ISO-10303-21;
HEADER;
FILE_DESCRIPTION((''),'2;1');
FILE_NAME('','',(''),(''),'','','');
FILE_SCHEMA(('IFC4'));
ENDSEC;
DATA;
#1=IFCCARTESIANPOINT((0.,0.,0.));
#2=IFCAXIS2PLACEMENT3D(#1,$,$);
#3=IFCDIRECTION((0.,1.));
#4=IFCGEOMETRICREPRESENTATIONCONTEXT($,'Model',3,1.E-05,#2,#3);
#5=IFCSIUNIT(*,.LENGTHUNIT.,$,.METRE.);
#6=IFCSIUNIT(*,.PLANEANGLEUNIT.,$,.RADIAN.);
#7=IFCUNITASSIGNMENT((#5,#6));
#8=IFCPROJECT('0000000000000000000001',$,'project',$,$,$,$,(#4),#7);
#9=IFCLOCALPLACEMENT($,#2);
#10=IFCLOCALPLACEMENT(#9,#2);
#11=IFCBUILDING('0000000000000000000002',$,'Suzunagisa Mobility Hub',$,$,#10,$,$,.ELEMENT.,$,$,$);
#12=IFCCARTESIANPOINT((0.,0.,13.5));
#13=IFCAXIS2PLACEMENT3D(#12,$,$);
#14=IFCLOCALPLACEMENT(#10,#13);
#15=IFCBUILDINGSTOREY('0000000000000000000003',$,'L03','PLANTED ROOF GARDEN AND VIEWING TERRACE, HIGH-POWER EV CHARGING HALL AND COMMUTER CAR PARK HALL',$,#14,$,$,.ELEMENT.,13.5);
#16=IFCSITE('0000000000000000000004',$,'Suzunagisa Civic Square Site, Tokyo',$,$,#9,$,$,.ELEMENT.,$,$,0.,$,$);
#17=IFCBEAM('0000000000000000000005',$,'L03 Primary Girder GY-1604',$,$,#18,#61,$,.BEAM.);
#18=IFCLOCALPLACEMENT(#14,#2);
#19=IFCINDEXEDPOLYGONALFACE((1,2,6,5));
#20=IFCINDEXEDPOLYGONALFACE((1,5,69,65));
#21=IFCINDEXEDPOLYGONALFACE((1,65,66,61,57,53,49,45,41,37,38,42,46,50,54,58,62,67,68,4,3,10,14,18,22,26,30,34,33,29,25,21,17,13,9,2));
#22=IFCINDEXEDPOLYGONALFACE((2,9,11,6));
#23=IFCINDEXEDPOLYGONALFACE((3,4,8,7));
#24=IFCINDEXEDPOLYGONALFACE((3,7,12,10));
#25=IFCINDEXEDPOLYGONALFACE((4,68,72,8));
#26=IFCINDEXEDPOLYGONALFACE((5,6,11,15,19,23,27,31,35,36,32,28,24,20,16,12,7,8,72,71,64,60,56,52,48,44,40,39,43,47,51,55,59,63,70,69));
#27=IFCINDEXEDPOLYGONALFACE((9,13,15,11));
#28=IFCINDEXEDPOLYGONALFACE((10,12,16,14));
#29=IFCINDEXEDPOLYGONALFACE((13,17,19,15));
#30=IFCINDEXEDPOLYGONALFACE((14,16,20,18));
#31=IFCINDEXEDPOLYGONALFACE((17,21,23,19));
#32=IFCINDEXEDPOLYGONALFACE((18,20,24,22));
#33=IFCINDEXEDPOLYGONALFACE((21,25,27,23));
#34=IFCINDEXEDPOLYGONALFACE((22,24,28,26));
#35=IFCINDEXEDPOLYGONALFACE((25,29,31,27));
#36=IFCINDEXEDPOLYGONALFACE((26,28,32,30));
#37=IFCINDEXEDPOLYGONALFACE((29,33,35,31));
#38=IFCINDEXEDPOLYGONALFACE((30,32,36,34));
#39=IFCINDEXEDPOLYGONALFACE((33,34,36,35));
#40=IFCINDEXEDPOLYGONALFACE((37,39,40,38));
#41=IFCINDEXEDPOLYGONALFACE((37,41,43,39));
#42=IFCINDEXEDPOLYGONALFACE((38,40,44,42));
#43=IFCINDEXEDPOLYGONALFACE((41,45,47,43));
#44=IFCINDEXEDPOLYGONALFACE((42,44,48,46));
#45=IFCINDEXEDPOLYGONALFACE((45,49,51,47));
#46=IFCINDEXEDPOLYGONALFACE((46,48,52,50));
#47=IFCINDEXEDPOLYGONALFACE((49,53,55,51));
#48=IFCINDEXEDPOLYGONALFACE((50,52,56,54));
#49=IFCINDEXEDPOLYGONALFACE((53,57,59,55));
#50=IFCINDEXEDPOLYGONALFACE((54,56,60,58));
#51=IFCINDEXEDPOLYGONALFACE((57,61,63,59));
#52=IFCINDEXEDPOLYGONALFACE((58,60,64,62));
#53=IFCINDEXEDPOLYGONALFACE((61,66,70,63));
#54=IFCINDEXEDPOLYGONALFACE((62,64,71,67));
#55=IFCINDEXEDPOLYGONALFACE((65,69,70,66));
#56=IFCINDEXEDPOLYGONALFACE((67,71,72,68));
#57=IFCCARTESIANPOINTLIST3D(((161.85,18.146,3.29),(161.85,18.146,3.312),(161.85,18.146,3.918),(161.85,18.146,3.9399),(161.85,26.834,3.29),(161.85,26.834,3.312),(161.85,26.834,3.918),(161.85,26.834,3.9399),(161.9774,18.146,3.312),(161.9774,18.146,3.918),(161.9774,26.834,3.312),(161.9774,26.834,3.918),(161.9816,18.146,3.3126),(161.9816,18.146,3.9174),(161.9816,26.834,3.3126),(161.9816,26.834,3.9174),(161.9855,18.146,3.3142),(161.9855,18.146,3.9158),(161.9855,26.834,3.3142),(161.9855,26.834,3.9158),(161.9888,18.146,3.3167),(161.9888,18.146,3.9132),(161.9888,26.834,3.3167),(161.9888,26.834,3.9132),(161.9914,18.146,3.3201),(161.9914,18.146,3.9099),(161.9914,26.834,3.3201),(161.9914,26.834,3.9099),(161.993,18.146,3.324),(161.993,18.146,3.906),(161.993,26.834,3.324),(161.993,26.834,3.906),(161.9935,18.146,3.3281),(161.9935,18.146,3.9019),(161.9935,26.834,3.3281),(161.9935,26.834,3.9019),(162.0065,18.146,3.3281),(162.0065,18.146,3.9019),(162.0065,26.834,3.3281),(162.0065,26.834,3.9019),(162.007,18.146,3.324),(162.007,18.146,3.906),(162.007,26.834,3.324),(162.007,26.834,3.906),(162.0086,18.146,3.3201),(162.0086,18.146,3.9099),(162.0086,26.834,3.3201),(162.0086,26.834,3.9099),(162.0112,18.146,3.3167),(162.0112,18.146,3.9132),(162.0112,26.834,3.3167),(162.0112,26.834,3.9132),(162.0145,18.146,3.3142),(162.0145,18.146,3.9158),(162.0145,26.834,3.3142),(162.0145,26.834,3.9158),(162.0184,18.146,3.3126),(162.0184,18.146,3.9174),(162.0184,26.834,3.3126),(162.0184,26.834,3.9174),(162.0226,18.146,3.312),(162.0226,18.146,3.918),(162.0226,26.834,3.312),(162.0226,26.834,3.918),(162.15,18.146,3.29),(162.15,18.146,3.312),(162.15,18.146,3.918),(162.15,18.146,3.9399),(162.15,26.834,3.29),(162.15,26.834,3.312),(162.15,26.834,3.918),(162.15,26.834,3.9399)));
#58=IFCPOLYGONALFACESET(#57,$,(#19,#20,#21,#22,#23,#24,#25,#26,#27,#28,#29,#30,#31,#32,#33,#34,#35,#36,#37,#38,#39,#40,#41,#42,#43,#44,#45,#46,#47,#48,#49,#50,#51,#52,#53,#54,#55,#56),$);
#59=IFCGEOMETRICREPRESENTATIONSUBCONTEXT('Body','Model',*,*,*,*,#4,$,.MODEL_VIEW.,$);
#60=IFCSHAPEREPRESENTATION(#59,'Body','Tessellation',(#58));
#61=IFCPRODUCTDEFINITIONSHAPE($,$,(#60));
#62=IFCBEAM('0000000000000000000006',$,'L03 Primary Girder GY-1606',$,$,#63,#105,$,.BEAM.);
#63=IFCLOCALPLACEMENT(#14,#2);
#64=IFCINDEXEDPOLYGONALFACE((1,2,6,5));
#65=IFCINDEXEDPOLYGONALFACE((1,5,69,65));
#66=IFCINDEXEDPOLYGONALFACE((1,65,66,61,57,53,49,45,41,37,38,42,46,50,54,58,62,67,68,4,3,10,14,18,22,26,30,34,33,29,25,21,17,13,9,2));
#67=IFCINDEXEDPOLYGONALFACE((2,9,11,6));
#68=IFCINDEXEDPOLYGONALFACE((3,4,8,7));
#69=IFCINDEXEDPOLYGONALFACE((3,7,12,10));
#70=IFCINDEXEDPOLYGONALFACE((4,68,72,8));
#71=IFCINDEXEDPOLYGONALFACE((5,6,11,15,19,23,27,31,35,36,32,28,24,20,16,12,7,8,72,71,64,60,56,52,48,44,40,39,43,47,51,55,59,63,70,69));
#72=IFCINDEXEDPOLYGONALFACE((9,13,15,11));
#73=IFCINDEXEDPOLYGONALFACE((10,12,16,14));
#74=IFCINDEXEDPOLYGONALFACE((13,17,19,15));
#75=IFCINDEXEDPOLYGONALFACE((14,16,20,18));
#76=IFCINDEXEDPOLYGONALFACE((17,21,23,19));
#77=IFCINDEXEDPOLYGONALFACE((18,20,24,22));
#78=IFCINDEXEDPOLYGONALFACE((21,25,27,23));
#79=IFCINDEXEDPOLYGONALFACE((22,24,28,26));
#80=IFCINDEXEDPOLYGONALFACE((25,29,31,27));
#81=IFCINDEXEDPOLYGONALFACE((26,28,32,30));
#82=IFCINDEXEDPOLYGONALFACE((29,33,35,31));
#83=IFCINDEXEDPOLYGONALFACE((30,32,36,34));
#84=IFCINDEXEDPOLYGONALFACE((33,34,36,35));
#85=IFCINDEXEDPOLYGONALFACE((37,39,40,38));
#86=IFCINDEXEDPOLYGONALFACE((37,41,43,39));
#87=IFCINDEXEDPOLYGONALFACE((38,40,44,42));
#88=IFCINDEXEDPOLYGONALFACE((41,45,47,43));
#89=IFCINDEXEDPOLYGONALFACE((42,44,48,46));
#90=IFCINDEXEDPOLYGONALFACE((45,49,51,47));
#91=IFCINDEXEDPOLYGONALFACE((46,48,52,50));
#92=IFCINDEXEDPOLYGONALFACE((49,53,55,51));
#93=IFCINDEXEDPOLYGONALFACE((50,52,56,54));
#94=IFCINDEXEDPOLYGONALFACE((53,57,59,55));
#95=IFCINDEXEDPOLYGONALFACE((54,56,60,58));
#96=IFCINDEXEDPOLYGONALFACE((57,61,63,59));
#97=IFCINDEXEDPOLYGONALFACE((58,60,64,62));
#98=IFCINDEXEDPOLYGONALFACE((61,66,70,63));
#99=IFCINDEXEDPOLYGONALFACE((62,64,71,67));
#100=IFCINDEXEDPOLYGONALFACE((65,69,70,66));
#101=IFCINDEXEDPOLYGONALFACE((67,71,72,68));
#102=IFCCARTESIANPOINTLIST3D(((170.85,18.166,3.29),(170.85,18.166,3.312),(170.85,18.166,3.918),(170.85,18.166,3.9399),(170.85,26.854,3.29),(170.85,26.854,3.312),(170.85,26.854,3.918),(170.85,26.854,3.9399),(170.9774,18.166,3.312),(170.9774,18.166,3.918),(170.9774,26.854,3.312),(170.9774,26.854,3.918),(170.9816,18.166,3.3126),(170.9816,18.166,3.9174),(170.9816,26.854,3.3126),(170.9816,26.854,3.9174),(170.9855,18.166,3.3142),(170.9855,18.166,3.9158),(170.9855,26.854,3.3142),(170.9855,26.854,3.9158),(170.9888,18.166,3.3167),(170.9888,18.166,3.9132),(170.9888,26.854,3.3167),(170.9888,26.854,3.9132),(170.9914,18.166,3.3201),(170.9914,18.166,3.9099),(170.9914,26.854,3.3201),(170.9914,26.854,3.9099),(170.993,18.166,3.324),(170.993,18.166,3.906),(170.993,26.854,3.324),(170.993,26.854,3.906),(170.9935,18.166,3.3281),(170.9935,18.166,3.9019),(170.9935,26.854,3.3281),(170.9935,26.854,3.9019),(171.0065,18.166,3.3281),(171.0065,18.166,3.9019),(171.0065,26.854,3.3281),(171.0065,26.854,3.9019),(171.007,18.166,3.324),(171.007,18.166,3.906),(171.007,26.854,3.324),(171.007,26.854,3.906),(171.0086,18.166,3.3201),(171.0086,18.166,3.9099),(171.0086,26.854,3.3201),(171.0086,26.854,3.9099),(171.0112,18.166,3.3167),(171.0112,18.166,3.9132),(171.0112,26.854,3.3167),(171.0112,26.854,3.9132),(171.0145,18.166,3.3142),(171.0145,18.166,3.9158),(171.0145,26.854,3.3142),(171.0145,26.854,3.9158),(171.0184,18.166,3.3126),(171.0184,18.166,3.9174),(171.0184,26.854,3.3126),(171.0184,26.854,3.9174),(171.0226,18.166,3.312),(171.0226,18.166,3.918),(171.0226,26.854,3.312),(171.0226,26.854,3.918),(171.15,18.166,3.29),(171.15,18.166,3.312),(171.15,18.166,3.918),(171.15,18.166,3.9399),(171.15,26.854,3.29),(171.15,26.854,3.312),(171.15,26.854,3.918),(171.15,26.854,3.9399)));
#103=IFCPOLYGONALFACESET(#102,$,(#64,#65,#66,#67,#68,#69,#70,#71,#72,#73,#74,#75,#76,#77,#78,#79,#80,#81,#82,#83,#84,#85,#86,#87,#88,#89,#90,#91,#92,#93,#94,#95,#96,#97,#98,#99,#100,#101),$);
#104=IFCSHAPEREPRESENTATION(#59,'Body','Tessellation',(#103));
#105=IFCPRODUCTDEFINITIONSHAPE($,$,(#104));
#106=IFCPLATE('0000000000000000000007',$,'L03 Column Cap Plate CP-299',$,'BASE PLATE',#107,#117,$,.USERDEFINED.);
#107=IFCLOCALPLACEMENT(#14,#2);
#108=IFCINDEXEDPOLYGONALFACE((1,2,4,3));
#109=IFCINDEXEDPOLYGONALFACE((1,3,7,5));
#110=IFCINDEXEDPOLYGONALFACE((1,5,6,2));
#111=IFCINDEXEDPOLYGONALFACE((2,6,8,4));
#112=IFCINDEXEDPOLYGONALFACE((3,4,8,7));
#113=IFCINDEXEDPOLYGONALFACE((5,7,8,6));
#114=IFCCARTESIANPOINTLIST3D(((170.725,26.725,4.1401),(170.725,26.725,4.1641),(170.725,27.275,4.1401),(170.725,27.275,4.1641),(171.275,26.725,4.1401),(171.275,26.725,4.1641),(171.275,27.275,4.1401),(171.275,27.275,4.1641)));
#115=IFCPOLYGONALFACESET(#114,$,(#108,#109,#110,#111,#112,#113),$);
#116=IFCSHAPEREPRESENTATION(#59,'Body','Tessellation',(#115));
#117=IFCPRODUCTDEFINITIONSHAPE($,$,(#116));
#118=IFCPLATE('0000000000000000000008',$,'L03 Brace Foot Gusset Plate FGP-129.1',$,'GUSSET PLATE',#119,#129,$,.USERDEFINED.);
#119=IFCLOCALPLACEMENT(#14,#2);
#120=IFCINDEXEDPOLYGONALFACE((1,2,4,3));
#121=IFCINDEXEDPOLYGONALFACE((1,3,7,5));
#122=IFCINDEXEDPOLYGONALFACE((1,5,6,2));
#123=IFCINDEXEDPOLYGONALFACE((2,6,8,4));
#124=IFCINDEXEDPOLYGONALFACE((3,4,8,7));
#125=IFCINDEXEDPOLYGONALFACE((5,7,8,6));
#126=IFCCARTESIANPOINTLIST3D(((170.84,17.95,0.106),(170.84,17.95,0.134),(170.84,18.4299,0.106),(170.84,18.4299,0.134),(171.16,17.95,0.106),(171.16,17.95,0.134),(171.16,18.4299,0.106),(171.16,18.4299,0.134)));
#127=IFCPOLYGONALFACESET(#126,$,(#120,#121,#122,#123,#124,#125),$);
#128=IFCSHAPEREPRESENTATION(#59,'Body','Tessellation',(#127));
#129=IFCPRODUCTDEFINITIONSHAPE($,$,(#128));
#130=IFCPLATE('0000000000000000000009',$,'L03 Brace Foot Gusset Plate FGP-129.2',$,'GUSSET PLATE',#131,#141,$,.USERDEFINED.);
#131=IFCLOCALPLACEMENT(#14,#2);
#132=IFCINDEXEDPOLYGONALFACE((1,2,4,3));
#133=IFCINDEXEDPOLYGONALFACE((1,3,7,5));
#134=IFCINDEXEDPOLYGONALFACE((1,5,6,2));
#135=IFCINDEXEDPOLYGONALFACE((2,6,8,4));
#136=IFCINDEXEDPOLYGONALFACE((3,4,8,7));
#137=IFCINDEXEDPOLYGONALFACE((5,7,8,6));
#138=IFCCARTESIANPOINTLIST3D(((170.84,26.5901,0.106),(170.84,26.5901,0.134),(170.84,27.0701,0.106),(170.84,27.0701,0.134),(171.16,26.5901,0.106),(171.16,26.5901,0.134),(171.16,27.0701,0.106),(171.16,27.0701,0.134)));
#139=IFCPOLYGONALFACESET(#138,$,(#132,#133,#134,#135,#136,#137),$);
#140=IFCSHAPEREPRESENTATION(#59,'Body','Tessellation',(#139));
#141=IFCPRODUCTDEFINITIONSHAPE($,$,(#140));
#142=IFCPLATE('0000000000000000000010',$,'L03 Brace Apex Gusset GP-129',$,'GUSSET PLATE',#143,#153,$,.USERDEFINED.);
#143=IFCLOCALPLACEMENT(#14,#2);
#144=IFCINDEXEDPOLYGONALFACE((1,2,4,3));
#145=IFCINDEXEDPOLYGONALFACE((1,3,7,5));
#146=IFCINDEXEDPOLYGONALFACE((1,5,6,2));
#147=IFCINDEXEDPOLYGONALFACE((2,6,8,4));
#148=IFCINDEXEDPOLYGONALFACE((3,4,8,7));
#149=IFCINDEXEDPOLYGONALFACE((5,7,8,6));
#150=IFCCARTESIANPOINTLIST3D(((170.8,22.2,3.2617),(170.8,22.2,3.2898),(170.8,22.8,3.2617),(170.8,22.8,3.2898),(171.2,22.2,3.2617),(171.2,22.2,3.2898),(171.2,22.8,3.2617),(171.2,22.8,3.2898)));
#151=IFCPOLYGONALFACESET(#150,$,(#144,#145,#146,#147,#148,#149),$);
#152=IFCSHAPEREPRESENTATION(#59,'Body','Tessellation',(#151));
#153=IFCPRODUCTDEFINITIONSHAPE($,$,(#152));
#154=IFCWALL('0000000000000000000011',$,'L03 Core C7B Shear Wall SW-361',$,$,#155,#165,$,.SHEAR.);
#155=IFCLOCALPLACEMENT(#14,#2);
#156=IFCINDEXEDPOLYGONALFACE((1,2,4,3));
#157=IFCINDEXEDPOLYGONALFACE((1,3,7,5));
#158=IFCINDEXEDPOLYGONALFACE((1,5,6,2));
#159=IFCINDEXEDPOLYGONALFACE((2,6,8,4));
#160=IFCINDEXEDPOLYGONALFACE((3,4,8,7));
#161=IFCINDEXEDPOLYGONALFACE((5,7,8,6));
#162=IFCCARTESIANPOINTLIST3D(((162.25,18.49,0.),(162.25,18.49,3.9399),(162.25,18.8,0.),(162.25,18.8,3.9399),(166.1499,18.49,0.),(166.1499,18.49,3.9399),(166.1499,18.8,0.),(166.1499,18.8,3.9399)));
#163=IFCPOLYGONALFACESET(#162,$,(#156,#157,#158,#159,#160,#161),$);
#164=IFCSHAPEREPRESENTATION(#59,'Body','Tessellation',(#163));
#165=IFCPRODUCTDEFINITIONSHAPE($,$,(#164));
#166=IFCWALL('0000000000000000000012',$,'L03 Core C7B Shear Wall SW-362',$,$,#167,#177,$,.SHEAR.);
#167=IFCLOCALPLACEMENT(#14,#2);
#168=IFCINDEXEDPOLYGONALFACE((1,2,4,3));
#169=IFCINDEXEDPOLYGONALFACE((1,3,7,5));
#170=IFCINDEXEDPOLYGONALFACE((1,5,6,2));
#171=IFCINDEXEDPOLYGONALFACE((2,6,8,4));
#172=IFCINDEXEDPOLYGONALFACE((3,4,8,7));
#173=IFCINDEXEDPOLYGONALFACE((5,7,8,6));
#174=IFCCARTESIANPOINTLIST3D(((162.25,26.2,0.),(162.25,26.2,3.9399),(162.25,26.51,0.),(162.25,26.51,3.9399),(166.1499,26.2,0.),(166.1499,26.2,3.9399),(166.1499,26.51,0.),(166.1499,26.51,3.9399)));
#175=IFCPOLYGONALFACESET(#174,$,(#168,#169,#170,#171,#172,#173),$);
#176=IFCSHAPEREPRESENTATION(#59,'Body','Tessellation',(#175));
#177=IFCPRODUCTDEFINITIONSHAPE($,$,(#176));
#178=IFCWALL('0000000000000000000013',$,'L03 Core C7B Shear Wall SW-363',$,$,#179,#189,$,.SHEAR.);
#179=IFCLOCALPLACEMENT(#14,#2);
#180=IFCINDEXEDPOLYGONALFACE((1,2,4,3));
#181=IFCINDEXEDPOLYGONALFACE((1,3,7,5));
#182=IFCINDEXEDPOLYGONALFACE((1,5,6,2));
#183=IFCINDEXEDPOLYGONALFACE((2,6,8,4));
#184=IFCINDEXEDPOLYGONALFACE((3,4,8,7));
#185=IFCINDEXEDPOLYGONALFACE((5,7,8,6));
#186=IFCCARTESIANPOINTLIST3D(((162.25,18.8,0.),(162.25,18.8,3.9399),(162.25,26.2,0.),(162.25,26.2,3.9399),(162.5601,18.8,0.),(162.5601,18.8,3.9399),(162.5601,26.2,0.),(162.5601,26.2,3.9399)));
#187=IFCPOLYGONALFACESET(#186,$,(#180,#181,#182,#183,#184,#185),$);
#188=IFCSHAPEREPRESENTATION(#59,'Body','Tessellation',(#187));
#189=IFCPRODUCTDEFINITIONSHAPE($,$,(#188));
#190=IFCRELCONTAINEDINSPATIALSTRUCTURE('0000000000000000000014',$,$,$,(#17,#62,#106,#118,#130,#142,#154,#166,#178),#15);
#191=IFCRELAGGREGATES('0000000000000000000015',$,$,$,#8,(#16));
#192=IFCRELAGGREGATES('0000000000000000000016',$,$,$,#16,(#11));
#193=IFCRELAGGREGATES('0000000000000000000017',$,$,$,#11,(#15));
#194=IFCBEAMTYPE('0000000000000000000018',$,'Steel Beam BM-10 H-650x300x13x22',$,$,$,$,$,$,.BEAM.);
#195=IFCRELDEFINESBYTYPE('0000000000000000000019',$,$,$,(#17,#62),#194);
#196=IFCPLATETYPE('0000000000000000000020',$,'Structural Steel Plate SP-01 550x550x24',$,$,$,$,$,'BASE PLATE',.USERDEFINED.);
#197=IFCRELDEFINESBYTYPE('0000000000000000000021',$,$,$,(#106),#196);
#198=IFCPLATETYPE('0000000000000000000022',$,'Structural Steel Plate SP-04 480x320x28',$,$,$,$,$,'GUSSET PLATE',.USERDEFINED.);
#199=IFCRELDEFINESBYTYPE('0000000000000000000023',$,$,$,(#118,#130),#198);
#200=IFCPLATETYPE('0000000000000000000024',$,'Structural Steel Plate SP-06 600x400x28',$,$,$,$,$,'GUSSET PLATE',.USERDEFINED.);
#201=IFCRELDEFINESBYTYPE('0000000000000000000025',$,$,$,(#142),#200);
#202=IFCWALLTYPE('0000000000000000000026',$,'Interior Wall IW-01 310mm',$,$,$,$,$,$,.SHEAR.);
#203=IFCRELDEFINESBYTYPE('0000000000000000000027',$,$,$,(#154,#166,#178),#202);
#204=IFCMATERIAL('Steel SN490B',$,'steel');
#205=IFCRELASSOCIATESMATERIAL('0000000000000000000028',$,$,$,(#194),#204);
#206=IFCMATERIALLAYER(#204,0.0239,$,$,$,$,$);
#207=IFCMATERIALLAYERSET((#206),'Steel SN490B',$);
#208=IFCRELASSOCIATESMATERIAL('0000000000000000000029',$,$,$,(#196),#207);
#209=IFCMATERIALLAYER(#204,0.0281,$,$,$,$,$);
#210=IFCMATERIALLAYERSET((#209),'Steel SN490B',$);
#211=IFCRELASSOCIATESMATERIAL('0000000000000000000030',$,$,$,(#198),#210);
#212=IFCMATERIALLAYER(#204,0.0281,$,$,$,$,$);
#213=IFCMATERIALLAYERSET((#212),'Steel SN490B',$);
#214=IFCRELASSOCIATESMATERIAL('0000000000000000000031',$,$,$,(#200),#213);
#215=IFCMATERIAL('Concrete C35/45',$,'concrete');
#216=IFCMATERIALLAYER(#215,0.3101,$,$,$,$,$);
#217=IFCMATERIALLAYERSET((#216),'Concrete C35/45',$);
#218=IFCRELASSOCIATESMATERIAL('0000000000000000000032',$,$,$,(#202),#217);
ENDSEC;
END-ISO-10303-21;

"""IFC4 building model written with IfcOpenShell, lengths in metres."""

from ifc_helpers import new_model, si_unit, direction, frame, frame_2d, origin, origin_2d, place, context, subcontext, project, spatial, rectangle, i_section, extrude, material, layer, layer_set, material_profile, profile_set, type_object, element, save


model = new_model("IFC4")

# Units and contexts
model_context = context("Model", 3, precision=1e-05, world=origin(), true_north=direction((0.0, 1.0)))
body_context = subcontext(model_context, "Body", "Model", "MODEL_VIEW")
ifc_project = project(units=[si_unit("LENGTHUNIT", "METRE"), si_unit("PLANEANGLEUNIT", "RADIAN")], contexts=[model_context])

# Site, building, storey
site_placement = place(None, origin())
site = spatial("IfcSite", under=ifc_project, at=site_placement, Name="Suzunagisa Civic Square Site, Tokyo", CompositionType="ELEMENT", RefElevation=0.0)
building_placement = place(site_placement, origin())
building = spatial("IfcBuilding", under=site, at=building_placement, Name="Suzunagisa Mobility Hub", CompositionType="ELEMENT")
storey_placement = place(building_placement, frame((0.0, 0.0, 13.5)))
storey = spatial("IfcBuildingStorey", under=building, at=storey_placement, Name="L03", Description="PLANTED ROOF GARDEN AND VIEWING TERRACE, HIGH-POWER EV CHARGING HALL AND COMMUTER CAR PARK HALL", CompositionType="ELEMENT", Elevation=13.5)

# Shared definitions
ifc_material_1 = material(Name="Steel SN490B", Category="steel")

# Beams
ifc_material_profile_1 = material_profile(ifc_material_1, i_section(OverallWidth=0.3, OverallDepth=0.6499, WebThickness=0.0129, FlangeThickness=0.022, FilletRadius=0.0161, at=origin_2d()), Name="H-650x300x13x22")
ifc_profile_set_1 = profile_set([ifc_material_profile_1], Name="Steel SN490B")
beam_type_1 = type_object("IfcBeamType", Name="Steel Beam BM-10 H-650x300x13x22", PredefinedType="BEAM", material=ifc_profile_set_1)
for number, where, z_axis, x_axis, name in (
    (1, (162.0, 18.146, 3.615), (0.0, 1.0, 0.0), (-1.0, 0.0, 0.0), "L03 Primary Girder GY-1604"),
    (2, (171.0, 18.166, 3.615), (0.0, 1.0, 0.0), (-1.0, 0.0, 0.0), "L03 Primary Girder GY-1606"),
):
    element("IfcBeam", number, at=place(storey_placement, frame(where, z_axis=z_axis, x_axis=x_axis)), inside=storey, type_object=beam_type_1, Name=name, PredefinedType="BEAM", context=body_context, shape_type="SweptSolid", body=[
        extrude(i_section(OverallWidth=0.3, OverallDepth=0.6499, WebThickness=0.0129, FlangeThickness=0.022, FilletRadius=0.0161, at=origin_2d()), origin(), (0.0, 0.0, 1.0), 8.688),
    ])

# Plates
ifc_layer_1 = layer(ifc_material_1, 0.0239)
ifc_layer_set_1 = layer_set([ifc_layer_1], Name="Steel SN490B")
plate_type_1 = type_object("IfcPlateType", Name="Structural Steel Plate SP-01 550x550x24", ElementType="BASE PLATE", PredefinedType="USERDEFINED", material=ifc_layer_set_1)
plate_1_placement = place(storey_placement, frame((171.0, 27.0, 4.1401), z_axis=(0.0, 0.0, 1.0), x_axis=(1.0, 0.0, 0.0)))
element("IfcPlate", 3, at=plate_1_placement, inside=storey, type_object=plate_type_1, Name="L03 Column Cap Plate CP-299", ObjectType="BASE PLATE", PredefinedType="USERDEFINED", context=body_context, shape_type="SweptSolid", body=[
    extrude(rectangle(XDim=0.55, YDim=0.55, at=origin_2d()), origin(), (0.0, 0.0, 1.0), 0.0239),
])
ifc_layer_2 = layer(ifc_material_1, 0.0281)
ifc_layer_set_2 = layer_set([ifc_layer_2], Name="Steel SN490B")
plate_type_2 = type_object("IfcPlateType", Name="Structural Steel Plate SP-04 480x320x28", ElementType="GUSSET PLATE", PredefinedType="USERDEFINED", material=ifc_layer_set_2)
for number, where, z_axis, x_axis, name in (
    (4, (171.0, 18.1899, 0.106), (0.0, 0.0, 1.0), (1.0, 0.0, 0.0), "L03 Brace Foot Gusset Plate FGP-129.1"),
    (5, (171.0, 26.8301, 0.106), (0.0, 0.0, 1.0), (1.0, 0.0, 0.0), "L03 Brace Foot Gusset Plate FGP-129.2"),
):
    element("IfcPlate", number, at=place(storey_placement, frame(where, z_axis=z_axis, x_axis=x_axis)), inside=storey, type_object=plate_type_2, Name=name, ObjectType="GUSSET PLATE", PredefinedType="USERDEFINED", context=body_context, shape_type="SweptSolid", body=[
        extrude(rectangle(XDim=0.3201, YDim=0.48, at=origin_2d()), origin(), (0.0, 0.0, 1.0), 0.0281),
    ])
ifc_layer_3 = layer(ifc_material_1, 0.0281)
ifc_layer_set_3 = layer_set([ifc_layer_3], Name="Steel SN490B")
plate_type_3 = type_object("IfcPlateType", Name="Structural Steel Plate SP-06 600x400x28", ElementType="GUSSET PLATE", PredefinedType="USERDEFINED", material=ifc_layer_set_3)
plate_2_placement = place(storey_placement, frame((171.0, 22.5, 3.2617), z_axis=(0.0, 0.0, 1.0), x_axis=(1.0, 0.0, 0.0)))
element("IfcPlate", 6, at=plate_2_placement, inside=storey, type_object=plate_type_3, Name="L03 Brace Apex Gusset GP-129", ObjectType="GUSSET PLATE", PredefinedType="USERDEFINED", context=body_context, shape_type="SweptSolid", body=[
    extrude(rectangle(XDim=0.3999, YDim=0.6001, at=origin_2d()), origin(), (0.0, 0.0, 1.0), 0.0281),
])

# Walls
ifc_material_2 = material(Name="Concrete C35/45", Category="concrete")
ifc_layer_4 = layer(ifc_material_2, 0.3101)
ifc_layer_set_4 = layer_set([ifc_layer_4], Name="Concrete C35/45")
wall_type_1 = type_object("IfcWallType", Name="Interior Wall IW-01 310mm", PredefinedType="SHEAR", material=ifc_layer_set_4)
for number, where, z_axis, x_axis, name in (
    (7, (162.25, 18.645, 0.0), (0.0, 0.0, 1.0), (1.0, 0.0, 0.0), "L03 Core C7B Shear Wall SW-361"),
    (8, (162.25, 26.355, 0.0), (0.0, 0.0, 1.0), (1.0, 0.0, 0.0), "L03 Core C7B Shear Wall SW-362"),
):
    element("IfcWall", number, at=place(storey_placement, frame(where, z_axis=z_axis, x_axis=x_axis)), inside=storey, type_object=wall_type_1, Name=name, PredefinedType="SHEAR", context=body_context, shape_type="SweptSolid", body=[
        extrude(rectangle(XDim=3.8999, YDim=0.3101, at=frame_2d((1.95, 0.0))), origin(), (0.0, 0.0, 1.0), 3.9399),
    ])
wall_1_placement = place(storey_placement, frame((162.405, 18.8, 0.0), z_axis=(0.0, 0.0, 1.0), x_axis=(0.0, 1.0, 0.0)))
element("IfcWall", 9, at=wall_1_placement, inside=storey, type_object=wall_type_1, Name="L03 Core C7B Shear Wall SW-363", PredefinedType="SHEAR", context=body_context, shape_type="SweptSolid", body=[
    extrude(rectangle(XDim=7.3999, YDim=0.3101, at=frame_2d((3.7, 0.0))), origin(), (0.0, 0.0, 1.0), 3.9399),
])

save(model, "model.ifc")
